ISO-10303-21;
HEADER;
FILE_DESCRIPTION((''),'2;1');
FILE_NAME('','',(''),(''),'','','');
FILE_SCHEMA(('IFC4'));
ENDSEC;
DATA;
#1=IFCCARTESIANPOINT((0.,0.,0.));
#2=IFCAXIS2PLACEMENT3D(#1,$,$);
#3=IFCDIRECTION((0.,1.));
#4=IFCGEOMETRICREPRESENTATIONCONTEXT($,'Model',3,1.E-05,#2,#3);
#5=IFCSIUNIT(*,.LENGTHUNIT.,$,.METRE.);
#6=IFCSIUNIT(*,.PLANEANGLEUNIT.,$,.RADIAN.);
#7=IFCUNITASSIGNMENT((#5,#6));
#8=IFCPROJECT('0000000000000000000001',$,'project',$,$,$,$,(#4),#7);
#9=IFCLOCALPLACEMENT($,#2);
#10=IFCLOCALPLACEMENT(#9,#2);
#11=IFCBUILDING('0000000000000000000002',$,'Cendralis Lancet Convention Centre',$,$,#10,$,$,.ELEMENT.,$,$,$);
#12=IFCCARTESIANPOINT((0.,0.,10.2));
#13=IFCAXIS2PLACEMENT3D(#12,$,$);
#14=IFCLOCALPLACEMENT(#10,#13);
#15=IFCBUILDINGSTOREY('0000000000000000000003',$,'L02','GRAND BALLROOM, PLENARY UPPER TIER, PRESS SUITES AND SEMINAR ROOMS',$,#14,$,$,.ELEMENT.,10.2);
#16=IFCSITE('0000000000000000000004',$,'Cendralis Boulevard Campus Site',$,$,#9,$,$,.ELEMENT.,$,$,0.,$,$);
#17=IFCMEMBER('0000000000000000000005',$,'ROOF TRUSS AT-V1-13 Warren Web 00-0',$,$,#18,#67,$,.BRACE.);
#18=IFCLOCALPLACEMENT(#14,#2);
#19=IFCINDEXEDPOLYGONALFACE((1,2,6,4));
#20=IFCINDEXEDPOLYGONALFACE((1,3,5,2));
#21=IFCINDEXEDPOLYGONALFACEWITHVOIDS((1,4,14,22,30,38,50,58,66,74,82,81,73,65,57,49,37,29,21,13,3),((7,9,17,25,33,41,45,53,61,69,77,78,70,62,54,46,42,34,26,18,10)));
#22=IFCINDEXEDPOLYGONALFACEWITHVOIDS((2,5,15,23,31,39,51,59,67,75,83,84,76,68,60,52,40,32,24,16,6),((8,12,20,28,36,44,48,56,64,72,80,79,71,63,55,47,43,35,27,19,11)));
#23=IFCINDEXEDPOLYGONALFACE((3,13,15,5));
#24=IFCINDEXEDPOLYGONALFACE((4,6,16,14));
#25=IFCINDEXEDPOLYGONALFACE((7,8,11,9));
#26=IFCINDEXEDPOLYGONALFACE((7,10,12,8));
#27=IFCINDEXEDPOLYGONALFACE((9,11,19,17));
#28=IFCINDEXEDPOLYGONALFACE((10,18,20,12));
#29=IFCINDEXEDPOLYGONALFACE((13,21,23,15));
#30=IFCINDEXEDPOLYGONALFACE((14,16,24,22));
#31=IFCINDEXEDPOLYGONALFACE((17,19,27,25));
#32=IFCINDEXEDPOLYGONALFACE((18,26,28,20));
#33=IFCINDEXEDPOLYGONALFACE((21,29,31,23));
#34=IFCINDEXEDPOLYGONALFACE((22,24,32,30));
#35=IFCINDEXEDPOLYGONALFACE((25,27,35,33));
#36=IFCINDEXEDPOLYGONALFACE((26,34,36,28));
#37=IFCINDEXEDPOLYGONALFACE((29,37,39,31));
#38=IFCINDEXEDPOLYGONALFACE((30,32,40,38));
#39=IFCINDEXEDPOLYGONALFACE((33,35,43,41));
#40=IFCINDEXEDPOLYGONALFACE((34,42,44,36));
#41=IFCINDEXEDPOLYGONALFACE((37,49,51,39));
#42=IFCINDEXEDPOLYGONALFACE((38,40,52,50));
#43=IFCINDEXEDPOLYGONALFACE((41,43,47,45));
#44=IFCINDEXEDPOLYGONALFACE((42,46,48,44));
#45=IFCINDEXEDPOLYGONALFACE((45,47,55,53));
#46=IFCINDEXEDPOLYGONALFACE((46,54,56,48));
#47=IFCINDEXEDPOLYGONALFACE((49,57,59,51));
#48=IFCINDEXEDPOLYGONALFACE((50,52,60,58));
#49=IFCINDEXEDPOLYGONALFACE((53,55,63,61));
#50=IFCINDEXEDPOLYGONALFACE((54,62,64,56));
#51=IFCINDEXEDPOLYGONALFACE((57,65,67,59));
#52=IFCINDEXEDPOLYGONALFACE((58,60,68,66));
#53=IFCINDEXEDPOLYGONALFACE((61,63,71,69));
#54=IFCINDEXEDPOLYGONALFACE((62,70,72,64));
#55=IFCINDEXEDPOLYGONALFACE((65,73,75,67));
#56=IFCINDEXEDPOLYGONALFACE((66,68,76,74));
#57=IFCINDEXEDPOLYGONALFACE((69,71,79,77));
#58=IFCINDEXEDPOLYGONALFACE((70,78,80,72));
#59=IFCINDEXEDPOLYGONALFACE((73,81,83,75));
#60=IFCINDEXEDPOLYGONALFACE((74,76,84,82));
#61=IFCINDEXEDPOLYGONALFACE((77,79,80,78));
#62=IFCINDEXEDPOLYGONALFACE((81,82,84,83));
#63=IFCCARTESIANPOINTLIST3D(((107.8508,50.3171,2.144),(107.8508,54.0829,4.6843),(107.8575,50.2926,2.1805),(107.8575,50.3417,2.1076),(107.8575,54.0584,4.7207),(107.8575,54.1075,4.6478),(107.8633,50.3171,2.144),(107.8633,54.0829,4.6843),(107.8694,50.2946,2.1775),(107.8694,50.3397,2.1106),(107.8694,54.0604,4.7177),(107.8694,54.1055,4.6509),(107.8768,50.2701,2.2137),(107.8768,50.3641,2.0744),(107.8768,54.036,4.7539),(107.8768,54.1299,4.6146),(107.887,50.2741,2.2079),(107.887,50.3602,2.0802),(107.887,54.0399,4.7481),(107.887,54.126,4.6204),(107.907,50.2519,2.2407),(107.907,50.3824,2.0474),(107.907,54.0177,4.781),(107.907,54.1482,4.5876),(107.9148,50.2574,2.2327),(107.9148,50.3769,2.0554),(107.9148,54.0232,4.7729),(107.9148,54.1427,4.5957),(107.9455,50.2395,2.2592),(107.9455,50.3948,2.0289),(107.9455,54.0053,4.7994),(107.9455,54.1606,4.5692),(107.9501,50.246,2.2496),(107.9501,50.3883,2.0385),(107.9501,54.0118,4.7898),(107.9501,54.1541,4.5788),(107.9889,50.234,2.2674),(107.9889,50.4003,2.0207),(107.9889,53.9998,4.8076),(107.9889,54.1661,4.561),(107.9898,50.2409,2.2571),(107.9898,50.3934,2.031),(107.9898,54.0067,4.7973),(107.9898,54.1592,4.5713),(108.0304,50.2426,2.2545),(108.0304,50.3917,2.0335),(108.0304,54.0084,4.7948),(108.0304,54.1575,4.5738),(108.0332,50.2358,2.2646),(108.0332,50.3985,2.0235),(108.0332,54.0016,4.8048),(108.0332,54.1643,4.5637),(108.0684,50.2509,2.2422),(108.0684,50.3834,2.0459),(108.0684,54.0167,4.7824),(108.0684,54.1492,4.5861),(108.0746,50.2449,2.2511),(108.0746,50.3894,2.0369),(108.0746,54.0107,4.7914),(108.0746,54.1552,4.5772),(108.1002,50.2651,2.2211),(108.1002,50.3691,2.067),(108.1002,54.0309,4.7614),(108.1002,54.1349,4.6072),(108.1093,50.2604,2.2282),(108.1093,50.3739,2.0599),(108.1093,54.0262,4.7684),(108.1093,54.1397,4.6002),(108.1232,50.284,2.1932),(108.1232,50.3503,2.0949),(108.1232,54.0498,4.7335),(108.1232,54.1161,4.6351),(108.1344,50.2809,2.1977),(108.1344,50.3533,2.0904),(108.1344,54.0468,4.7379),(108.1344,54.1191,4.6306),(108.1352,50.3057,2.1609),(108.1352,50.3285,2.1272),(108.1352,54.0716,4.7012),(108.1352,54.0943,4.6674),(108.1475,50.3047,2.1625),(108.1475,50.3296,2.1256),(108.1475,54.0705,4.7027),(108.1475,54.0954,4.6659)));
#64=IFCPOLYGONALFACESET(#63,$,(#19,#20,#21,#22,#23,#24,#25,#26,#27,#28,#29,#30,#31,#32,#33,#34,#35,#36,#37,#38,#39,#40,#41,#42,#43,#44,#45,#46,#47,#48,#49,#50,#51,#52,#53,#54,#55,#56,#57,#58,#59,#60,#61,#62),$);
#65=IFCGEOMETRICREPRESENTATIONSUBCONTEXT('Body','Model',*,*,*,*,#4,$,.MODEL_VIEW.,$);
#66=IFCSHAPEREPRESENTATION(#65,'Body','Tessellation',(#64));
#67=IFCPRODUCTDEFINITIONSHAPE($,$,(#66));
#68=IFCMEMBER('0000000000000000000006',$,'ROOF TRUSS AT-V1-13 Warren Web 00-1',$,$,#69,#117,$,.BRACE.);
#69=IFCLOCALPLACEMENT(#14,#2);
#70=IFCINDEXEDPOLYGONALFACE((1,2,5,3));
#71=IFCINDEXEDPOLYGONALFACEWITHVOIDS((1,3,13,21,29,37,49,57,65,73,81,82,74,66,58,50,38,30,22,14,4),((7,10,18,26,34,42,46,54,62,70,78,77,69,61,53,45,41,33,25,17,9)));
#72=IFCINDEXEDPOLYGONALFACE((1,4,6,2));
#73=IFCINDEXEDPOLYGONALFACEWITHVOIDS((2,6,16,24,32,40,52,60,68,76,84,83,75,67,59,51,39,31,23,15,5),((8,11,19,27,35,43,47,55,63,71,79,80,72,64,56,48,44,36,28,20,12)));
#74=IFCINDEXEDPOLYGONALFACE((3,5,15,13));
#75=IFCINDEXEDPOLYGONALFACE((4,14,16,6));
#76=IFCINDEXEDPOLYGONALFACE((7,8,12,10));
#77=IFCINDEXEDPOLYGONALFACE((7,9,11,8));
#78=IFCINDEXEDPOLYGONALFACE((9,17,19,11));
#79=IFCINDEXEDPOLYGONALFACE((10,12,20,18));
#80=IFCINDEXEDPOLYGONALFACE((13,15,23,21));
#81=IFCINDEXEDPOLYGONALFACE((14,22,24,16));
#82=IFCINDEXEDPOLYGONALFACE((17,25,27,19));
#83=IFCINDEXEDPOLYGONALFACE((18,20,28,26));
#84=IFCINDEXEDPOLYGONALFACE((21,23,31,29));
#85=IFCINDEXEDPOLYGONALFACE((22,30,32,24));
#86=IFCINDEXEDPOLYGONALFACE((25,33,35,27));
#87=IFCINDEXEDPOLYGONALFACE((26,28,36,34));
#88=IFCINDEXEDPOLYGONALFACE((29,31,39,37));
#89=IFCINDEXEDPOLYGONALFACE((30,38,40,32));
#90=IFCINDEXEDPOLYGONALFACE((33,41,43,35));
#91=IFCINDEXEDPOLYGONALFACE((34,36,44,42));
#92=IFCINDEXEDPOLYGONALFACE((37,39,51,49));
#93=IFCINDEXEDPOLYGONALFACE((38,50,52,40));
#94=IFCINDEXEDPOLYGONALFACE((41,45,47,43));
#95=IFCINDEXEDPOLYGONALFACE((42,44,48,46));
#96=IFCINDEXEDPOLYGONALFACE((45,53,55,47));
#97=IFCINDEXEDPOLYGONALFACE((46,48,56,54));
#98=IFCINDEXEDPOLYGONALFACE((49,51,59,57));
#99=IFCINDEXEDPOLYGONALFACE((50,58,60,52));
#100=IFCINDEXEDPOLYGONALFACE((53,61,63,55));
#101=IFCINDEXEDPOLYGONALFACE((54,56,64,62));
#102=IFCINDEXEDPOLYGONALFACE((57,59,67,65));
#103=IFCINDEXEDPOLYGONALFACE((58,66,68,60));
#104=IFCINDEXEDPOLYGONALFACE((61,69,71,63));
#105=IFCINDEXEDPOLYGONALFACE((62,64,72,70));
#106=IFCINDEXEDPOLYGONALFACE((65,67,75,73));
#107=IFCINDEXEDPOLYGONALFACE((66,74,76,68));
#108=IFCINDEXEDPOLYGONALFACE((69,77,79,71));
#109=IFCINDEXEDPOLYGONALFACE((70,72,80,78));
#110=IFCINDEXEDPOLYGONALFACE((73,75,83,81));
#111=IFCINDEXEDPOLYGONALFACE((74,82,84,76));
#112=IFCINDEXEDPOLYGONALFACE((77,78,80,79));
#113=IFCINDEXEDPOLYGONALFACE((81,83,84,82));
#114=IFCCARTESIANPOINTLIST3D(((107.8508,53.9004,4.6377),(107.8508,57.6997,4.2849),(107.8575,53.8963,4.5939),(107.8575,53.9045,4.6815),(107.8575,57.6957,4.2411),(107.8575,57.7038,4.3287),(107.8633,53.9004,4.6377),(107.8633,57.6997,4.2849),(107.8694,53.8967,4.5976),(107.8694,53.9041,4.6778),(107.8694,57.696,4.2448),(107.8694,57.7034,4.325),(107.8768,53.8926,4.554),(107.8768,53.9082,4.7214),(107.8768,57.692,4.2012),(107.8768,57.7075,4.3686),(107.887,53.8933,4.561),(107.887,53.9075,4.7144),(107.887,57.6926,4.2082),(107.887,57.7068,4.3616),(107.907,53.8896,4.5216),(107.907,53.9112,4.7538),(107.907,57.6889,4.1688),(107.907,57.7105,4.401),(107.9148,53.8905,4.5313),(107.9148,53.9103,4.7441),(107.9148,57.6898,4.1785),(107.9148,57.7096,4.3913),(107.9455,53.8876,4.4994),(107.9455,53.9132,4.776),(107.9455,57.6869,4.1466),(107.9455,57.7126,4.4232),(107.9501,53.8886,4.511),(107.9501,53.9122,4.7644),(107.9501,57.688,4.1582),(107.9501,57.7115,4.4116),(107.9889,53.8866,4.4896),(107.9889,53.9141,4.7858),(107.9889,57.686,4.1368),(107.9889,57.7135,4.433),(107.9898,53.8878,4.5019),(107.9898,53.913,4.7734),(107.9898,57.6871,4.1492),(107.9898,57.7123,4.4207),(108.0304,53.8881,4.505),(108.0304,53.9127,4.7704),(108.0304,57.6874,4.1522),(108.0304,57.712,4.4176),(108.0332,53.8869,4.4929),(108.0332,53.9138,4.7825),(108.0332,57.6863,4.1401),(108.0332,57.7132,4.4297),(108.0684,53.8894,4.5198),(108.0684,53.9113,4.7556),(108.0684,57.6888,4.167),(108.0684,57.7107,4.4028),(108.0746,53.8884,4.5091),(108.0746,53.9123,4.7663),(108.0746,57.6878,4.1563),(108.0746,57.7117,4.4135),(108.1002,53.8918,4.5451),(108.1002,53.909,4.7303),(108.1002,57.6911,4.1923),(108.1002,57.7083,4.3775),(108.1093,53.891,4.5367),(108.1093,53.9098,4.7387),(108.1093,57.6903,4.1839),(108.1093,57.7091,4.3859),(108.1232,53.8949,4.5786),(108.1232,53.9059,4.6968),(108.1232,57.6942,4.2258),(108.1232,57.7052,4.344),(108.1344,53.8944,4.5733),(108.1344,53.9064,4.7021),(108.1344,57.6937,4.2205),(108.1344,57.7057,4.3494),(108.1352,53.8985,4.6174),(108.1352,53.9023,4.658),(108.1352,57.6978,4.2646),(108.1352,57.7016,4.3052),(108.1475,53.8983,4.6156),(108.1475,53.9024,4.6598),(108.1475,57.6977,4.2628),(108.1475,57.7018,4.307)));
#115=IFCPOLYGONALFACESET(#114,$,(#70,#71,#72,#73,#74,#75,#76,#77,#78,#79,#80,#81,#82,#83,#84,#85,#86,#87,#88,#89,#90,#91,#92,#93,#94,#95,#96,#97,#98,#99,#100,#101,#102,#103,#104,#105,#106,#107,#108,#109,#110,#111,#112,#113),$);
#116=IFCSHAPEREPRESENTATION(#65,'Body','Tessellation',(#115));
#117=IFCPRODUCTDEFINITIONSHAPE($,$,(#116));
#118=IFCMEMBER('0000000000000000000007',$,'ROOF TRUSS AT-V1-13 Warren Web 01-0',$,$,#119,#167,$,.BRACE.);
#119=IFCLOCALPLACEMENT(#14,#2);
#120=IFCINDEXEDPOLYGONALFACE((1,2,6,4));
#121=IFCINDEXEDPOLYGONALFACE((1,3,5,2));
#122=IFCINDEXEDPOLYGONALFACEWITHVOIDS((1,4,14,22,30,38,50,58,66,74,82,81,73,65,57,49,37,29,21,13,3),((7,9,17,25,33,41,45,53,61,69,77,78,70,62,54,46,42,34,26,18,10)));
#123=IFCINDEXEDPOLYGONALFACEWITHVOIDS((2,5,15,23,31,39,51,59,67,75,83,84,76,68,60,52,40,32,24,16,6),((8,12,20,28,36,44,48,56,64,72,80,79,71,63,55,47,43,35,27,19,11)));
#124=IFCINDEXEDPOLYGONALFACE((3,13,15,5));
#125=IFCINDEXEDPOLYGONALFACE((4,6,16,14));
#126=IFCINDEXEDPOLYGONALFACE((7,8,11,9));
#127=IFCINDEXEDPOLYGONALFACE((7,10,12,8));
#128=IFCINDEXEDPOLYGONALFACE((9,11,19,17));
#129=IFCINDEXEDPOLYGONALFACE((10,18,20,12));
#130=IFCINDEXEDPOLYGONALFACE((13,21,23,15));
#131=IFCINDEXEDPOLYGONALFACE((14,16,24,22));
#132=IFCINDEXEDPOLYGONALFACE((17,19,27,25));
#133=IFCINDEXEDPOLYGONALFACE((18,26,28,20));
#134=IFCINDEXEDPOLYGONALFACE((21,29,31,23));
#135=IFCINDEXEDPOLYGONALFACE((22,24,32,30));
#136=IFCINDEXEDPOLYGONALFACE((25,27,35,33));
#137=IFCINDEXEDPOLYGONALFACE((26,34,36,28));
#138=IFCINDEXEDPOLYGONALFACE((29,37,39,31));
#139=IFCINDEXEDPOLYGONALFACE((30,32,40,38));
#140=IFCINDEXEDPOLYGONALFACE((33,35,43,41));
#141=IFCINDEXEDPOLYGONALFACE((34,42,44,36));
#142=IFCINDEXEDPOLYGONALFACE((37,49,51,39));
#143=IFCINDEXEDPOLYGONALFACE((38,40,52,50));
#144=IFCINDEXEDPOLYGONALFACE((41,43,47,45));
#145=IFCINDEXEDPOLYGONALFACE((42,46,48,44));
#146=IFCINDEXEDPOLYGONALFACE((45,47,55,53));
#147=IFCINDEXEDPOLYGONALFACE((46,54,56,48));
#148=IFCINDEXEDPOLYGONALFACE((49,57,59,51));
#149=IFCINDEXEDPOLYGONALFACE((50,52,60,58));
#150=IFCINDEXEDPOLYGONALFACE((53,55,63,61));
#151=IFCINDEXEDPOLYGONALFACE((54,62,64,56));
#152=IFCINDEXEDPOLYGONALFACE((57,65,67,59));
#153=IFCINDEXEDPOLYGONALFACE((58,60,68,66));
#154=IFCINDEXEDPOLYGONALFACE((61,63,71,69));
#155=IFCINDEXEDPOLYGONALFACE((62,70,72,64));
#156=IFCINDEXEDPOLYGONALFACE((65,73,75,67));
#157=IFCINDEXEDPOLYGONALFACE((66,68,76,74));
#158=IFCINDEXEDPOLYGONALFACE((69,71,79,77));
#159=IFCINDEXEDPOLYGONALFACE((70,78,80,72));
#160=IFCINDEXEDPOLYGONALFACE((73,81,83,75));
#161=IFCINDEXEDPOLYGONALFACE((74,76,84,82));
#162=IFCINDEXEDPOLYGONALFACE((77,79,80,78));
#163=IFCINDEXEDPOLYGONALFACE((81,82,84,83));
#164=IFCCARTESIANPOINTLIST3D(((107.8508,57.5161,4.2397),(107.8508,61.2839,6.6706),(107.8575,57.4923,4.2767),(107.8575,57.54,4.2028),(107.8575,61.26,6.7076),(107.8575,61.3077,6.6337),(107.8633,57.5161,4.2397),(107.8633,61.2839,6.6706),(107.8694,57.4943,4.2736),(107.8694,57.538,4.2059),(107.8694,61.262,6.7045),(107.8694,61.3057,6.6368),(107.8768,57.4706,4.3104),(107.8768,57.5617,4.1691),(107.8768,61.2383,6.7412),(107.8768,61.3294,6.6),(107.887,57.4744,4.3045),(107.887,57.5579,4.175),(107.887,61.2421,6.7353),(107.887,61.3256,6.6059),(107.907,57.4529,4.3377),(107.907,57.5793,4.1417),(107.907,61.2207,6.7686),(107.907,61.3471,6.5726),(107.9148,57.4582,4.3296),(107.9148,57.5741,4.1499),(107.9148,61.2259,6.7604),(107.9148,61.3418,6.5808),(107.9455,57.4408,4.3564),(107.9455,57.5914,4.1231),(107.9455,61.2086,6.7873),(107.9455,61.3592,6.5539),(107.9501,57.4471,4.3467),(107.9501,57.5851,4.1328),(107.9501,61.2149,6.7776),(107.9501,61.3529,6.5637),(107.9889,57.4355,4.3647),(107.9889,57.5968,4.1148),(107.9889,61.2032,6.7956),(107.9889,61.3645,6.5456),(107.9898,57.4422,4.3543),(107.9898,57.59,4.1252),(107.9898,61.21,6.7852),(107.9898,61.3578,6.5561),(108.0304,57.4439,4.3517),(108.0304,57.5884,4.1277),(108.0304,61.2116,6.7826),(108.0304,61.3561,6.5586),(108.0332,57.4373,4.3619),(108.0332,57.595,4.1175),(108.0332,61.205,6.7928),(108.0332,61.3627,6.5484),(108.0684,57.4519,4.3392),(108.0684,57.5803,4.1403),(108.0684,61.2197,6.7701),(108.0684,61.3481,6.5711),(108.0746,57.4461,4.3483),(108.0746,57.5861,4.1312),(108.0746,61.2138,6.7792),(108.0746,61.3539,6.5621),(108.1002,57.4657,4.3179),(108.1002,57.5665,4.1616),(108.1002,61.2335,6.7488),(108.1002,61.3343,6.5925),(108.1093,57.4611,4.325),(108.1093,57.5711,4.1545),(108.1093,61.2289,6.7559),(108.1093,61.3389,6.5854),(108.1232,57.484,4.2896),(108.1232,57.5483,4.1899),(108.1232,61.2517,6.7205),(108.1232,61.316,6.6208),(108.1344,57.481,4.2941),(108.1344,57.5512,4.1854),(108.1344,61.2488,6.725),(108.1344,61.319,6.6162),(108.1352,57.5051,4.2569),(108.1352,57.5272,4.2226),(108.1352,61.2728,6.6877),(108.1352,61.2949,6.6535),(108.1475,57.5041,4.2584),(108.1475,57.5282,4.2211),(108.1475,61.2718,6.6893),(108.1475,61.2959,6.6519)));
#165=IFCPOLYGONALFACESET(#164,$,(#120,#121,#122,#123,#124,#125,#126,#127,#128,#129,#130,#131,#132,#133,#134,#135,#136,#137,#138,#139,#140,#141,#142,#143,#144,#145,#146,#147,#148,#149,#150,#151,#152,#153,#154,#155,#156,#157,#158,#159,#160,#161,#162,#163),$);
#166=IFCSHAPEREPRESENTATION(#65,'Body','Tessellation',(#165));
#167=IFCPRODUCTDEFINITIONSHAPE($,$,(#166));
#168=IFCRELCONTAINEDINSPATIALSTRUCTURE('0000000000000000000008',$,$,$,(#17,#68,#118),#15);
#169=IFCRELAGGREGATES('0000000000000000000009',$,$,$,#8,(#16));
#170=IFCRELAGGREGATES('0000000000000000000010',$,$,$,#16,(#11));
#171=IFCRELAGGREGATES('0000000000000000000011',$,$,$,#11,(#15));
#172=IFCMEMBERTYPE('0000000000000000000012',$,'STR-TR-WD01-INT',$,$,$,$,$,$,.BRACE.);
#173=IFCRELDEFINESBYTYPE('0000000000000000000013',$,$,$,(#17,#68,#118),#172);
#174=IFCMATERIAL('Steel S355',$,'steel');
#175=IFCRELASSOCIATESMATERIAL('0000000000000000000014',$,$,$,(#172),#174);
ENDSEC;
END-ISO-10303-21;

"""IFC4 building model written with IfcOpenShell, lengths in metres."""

from ifc_helpers import new_model, si_unit, direction, frame, origin, origin_2d, place, context, subcontext, project, spatial, hollow_circle, extrude, material, material_profile, profile_set, type_object, element, save


model = new_model("IFC4")

# Units and contexts
model_context = context("Model", 3, precision=1e-05, world=origin(), true_north=direction((0.0, 1.0)))
body_context = subcontext(model_context, "Body", "Model", "MODEL_VIEW")
ifc_project = project(units=[si_unit("LENGTHUNIT", "METRE"), si_unit("PLANEANGLEUNIT", "RADIAN")], contexts=[model_context])

# Site, building, storey
site_placement = place(None, origin())
site = spatial("IfcSite", under=ifc_project, at=site_placement, Name="Cendralis Boulevard Campus Site", CompositionType="ELEMENT", RefElevation=0.0)
building_placement = place(site_placement, origin())
building = spatial("IfcBuilding", under=site, at=building_placement, Name="Cendralis Lancet Convention Centre", CompositionType="ELEMENT")
storey_placement = place(building_placement, frame((0.0, 0.0, 10.2)))
storey = spatial("IfcBuildingStorey", under=building, at=storey_placement, Name="L02", Description="GRAND BALLROOM, PLENARY UPPER TIER, PRESS SUITES AND SEMINAR ROOMS", CompositionType="ELEMENT", Elevation=10.2)

# Members
ifc_material_1 = material(Name="Steel S355", Category="steel")
ifc_material_profile_1 = material_profile(ifc_material_1, hollow_circle(Radius=0.1492, WallThickness=0.0125, at=origin_2d()), Name="CHS 298.5x12.5")
ifc_profile_set_1 = profile_set([ifc_material_profile_1], Name="Steel S355")
member_type_1 = type_object("IfcMemberType", Name="STR-TR-WD01-INT", PredefinedType="BRACE", material=ifc_profile_set_1)
member_1_placement = place(storey_placement, frame((108.0, 50.3171, 2.144), z_axis=(0.0, 0.82902, 0.559219), x_axis=(-1.0, 0.0, 0.0)))
element("IfcMember", 1, at=member_1_placement, inside=storey, type_object=member_type_1, Name="ROOF TRUSS AT-V1-13 Warren Web 00-0", PredefinedType="BRACE", context=body_context, shape_type="SweptSolid", body=[
    extrude(hollow_circle(Radius=0.1492, WallThickness=0.0125, at=origin_2d()), origin(), (0.0, 0.0, 1.0), 4.5425),
])
member_2_placement = place(storey_placement, frame((108.0, 53.9004, 4.6377), z_axis=(0.0, 0.995717, -0.092457), x_axis=(-1.0, 0.0, 0.0)))
element("IfcMember", 2, at=member_2_placement, inside=storey, type_object=member_type_1, Name="ROOF TRUSS AT-V1-13 Warren Web 00-1", PredefinedType="BRACE", context=body_context, shape_type="SweptSolid", body=[
    extrude(hollow_circle(Radius=0.1492, WallThickness=0.0125, at=origin_2d()), origin(), (0.0, 0.0, 1.0), 3.8157),
])
member_3_placement = place(storey_placement, frame((108.0, 57.5161, 4.2397), z_axis=(0.0, 0.840291, 0.542136), x_axis=(-1.0, 0.0, 0.0)))
element("IfcMember", 3, at=member_3_placement, inside=storey, type_object=member_type_1, Name="ROOF TRUSS AT-V1-13 Warren Web 01-0", PredefinedType="BRACE", context=body_context, shape_type="SweptSolid", body=[
    extrude(hollow_circle(Radius=0.1492, WallThickness=0.0125, at=origin_2d()), origin(), (0.0, 0.0, 1.0), 4.4839),
])

save(model, "model.ifc")
